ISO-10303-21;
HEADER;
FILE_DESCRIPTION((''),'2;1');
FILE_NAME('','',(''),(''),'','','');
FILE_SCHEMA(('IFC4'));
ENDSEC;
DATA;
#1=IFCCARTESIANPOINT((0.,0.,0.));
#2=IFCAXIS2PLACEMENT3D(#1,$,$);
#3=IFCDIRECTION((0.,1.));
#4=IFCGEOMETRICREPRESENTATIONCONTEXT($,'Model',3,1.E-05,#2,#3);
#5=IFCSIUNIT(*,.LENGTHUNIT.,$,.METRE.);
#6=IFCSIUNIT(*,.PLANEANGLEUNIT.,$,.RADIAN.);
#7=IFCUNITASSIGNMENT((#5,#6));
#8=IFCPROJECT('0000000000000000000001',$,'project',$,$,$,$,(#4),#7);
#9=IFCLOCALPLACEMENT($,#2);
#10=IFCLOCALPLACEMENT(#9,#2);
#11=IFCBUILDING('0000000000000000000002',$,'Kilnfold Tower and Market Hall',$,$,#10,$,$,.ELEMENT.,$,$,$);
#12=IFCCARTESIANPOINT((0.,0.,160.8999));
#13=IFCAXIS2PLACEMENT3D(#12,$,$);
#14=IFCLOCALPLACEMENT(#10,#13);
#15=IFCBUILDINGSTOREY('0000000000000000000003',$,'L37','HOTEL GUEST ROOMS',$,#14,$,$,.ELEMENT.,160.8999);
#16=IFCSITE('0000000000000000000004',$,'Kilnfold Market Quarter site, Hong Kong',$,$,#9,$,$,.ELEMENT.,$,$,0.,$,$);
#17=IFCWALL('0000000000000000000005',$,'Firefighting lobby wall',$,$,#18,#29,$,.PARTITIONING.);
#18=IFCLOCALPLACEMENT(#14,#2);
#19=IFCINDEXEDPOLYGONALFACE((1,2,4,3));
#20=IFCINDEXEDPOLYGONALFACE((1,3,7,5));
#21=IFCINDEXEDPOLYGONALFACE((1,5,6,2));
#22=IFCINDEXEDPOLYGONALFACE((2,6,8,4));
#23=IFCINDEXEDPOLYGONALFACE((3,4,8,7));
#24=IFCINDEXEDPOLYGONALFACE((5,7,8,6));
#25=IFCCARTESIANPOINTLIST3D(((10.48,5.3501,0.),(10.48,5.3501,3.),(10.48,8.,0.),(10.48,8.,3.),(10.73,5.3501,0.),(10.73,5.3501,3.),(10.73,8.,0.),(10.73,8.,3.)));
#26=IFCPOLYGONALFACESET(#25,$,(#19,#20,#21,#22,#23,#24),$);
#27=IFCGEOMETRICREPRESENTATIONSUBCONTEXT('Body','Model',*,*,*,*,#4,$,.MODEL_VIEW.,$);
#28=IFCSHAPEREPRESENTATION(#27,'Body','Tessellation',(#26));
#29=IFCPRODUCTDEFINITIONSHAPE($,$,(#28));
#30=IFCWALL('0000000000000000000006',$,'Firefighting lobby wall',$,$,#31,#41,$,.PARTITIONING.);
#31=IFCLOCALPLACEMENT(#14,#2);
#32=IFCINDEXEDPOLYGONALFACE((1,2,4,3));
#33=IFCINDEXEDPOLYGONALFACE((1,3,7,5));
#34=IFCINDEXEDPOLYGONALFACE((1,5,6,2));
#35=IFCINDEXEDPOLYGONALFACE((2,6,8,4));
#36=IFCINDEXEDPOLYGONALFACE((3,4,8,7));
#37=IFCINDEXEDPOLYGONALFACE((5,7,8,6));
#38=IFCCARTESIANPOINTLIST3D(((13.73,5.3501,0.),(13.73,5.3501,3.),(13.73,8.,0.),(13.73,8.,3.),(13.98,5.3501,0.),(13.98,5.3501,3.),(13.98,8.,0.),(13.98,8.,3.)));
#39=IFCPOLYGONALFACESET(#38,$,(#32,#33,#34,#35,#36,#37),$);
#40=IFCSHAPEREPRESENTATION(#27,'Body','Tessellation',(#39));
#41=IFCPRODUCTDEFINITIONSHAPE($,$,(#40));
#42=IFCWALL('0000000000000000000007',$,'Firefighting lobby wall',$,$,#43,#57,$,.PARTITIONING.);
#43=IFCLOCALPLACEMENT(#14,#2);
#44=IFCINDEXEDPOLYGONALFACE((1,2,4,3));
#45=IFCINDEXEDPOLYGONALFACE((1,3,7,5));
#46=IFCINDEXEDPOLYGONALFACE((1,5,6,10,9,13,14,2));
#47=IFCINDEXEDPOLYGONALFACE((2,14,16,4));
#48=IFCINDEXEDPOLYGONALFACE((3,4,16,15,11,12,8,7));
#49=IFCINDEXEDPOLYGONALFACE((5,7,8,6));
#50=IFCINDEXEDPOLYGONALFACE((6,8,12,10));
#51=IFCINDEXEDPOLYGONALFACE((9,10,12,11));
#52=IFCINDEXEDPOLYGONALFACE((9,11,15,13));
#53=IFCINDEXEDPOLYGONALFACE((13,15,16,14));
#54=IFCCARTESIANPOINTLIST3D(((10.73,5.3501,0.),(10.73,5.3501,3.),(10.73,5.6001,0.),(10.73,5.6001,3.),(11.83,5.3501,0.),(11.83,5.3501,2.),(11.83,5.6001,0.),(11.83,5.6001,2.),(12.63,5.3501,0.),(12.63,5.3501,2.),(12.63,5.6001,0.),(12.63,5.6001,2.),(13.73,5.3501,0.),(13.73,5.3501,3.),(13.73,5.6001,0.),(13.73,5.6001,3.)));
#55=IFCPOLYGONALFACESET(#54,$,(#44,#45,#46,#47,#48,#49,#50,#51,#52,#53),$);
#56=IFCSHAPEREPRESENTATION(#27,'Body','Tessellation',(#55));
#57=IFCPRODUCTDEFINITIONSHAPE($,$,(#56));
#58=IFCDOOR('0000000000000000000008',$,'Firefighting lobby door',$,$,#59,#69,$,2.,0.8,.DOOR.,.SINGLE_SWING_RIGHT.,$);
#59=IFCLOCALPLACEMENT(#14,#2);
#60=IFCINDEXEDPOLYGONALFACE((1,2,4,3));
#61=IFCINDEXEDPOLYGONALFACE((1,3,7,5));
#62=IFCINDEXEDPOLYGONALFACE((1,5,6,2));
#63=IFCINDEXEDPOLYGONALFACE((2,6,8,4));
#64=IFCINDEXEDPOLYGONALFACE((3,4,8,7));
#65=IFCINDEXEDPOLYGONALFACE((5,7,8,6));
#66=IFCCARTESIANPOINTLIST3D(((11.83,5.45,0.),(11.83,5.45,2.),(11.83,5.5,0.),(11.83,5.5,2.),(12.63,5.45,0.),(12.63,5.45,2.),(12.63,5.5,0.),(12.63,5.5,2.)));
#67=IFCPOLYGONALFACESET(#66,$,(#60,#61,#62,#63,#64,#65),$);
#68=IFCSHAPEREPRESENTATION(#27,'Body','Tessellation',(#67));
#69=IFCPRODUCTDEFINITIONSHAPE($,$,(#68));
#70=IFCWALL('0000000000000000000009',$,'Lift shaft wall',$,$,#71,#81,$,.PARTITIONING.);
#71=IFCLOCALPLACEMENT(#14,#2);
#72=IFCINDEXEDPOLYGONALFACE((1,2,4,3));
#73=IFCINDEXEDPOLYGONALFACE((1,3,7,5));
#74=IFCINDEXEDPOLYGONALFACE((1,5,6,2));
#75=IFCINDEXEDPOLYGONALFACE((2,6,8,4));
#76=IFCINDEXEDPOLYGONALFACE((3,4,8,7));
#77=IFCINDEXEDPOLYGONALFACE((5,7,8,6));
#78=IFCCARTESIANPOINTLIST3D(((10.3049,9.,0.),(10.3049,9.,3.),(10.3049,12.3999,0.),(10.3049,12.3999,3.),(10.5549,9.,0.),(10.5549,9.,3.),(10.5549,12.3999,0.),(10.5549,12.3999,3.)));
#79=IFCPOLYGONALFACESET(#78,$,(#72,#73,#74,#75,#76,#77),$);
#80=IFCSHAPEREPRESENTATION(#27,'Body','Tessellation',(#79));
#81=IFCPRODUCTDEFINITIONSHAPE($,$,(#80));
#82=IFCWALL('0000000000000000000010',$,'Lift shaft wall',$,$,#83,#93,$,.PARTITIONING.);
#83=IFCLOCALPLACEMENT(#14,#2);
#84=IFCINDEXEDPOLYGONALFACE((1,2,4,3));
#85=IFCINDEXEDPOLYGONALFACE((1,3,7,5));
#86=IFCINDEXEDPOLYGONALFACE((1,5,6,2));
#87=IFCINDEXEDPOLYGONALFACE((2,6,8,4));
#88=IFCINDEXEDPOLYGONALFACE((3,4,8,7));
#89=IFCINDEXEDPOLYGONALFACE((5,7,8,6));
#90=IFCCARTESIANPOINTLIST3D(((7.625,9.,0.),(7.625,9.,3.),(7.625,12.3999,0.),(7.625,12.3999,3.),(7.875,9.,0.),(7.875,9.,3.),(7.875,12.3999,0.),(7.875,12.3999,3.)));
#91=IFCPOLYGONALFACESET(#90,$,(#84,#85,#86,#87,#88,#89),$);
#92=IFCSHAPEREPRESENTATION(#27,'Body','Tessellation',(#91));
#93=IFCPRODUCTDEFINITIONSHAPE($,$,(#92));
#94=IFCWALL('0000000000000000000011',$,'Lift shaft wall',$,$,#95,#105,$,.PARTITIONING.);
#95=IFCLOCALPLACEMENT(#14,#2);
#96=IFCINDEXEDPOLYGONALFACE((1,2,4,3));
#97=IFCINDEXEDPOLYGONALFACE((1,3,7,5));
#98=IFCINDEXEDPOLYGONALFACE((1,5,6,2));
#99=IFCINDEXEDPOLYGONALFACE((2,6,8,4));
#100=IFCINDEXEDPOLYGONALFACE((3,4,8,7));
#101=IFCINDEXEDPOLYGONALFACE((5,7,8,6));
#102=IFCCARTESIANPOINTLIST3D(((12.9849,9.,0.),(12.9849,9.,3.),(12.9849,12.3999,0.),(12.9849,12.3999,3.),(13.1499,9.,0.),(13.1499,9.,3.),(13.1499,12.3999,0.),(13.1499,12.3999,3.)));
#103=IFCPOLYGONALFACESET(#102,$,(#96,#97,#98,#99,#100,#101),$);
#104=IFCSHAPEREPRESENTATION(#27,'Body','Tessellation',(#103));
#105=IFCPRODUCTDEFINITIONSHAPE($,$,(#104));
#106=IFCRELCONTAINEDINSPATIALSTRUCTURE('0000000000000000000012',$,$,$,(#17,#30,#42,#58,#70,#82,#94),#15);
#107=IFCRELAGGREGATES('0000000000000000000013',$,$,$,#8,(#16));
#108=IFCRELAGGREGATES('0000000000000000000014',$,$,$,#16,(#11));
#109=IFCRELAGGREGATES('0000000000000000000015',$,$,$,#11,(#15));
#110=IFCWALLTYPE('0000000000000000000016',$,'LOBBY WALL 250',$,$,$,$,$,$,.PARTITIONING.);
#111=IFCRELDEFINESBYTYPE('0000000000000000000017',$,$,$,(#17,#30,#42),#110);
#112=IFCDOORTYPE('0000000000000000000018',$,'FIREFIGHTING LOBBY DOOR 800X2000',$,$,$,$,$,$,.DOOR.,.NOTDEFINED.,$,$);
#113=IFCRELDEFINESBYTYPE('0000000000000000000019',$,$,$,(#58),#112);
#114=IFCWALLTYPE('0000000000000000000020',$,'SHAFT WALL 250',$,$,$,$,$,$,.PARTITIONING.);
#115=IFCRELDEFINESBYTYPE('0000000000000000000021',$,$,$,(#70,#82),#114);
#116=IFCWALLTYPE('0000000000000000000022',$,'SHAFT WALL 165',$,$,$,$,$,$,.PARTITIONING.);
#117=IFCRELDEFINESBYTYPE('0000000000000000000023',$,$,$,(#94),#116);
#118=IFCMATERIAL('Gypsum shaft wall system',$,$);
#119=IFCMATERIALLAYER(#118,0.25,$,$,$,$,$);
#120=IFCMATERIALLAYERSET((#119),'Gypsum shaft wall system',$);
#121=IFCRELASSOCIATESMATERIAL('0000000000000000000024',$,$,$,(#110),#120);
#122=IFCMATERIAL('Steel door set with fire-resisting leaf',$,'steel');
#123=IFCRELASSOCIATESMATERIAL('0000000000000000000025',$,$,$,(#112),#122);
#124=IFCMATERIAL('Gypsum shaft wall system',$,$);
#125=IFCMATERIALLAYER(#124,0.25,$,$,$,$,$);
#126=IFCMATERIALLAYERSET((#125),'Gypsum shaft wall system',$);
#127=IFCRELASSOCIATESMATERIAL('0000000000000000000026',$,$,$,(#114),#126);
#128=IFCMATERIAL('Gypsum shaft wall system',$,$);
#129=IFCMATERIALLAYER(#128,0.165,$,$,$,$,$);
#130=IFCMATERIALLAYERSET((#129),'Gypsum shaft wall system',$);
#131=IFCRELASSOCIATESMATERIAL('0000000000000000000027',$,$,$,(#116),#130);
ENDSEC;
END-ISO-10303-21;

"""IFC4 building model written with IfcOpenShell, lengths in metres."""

from ifc_helpers import new_model, si_unit, direction, frame, frame_2d, origin, place, context, subcontext, project, spatial, rectangle, extrude, source, transform, mapped, material, layer, layer_set, type_object, element, fill, save


model = new_model("IFC4")

# Units and contexts
model_context = context("Model", 3, precision=1e-05, world=origin(), true_north=direction((0.0, 1.0)))
body_context = subcontext(model_context, "Body", "Model", "MODEL_VIEW")
ifc_project = project(units=[si_unit("LENGTHUNIT", "METRE"), si_unit("PLANEANGLEUNIT", "RADIAN")], contexts=[model_context])

# Site, building, storey
site_placement = place(None, origin())
site = spatial("IfcSite", under=ifc_project, at=site_placement, Name="Kilnfold Market Quarter site, Hong Kong", CompositionType="ELEMENT", RefElevation=0.0)
building_placement = place(site_placement, origin())
building = spatial("IfcBuilding", under=site, at=building_placement, Name="Kilnfold Tower and Market Hall", CompositionType="ELEMENT")
storey_placement = place(building_placement, frame((0.0, 0.0, 160.8999)))
storey = spatial("IfcBuildingStorey", under=building, at=storey_placement, Name="L37", Description="HOTEL GUEST ROOMS", CompositionType="ELEMENT", Elevation=160.8999)

# Walls
ifc_material_1 = material(Name="Gypsum shaft wall system")
ifc_layer_1 = layer(ifc_material_1, 0.25)
ifc_layer_set_1 = layer_set([ifc_layer_1], Name="Gypsum shaft wall system")
wall_type_1 = type_object("IfcWallType", Name="LOBBY WALL 250", PredefinedType="PARTITIONING", material=ifc_layer_set_1)
shared_shape_1 = source(origin(), body_context, "Body", "SweptSolid", [
    extrude(rectangle(XDim=2.6499, YDim=0.25, at=frame_2d((1.325, 0.0))), origin(), (0.0, 0.0, 1.0), 3.0),
])
for number, where, z_axis, x_axis, name in (
    (1, (10.605, 5.3501, 0.0), (0.0, 0.0, 1.0), (0.0, 1.0, 0.0), "Firefighting lobby wall"),
    (2, (13.855, 5.3501, 0.0), (0.0, 0.0, 1.0), (0.0, 1.0, 0.0), "Firefighting lobby wall"),
):
    element("IfcWall", number, at=place(storey_placement, frame(where, z_axis=z_axis, x_axis=x_axis)), inside=storey, type_object=wall_type_1, Name=name, PredefinedType="PARTITIONING", context=body_context, shape_type="MappedRepresentation", body=[
        mapped(shared_shape_1, transform((0.0, 0.0, 0.0))),
    ])

# Wall, opening, door
shared_shape_2 = source(origin(), body_context, "Body", "SweptSolid", [
    extrude(rectangle(XDim=3.0, YDim=0.25, at=frame_2d((1.5, 0.0))), origin(), (0.0, 0.0, 1.0), 3.0),
])
wall_1_placement = place(storey_placement, frame((10.73, 5.4751, 0.0), z_axis=(0.0, 0.0, 1.0), x_axis=(1.0, 0.0, 0.0)))
wall_1 = element("IfcWall", 3, at=wall_1_placement, inside=storey, type_object=wall_type_1, Name="Firefighting lobby wall", PredefinedType="PARTITIONING", context=body_context, shape_type="MappedRepresentation", body=[
    mapped(shared_shape_2, transform((0.0, 0.0, 0.0))),
])
opening_1_placement = place(wall_1_placement, frame((1.1001, 0.0, 0.0)))
opening_1 = element("IfcOpeningElement", 4, at=opening_1_placement, cuts=wall_1, PredefinedType="OPENING", context=body_context, shape_type="SweptSolid", body=[
    extrude(rectangle(XDim=0.8, YDim=2.0, at=frame_2d((0.3999, 1.0))), frame((0.0, 0.135, 0.0), z_axis=(0.0, -1.0, 0.0), x_axis=(1.0, 0.0, 0.0)), (0.0, 0.0, 1.0), 0.27),
])
ifc_material_2 = material(Name="Steel door set with fire-resisting leaf", Category="steel")
door_type_1 = type_object("IfcDoorType", Name="FIREFIGHTING LOBBY DOOR 800X2000", OperationType="NOTDEFINED", PredefinedType="DOOR", material=ifc_material_2)
door_1_placement = place(opening_1_placement, origin())
door_1 = element("IfcDoor", 5, at=door_1_placement, inside=storey, type_object=door_type_1, Name="Firefighting lobby door", OperationType="SINGLE_SWING_RIGHT", OverallHeight=2.0, OverallWidth=0.8, PredefinedType="DOOR", context=body_context, shape_type="SweptSolid", body=[
    extrude(rectangle(XDim=0.8, YDim=2.0, at=frame_2d((0.3999, 1.0))), frame((0.0, 0.0249, 0.0), z_axis=(0.0, -1.0, 0.0), x_axis=(1.0, 0.0, 0.0)), (0.0, 0.0, 1.0), 0.05),
])
fill(opening_1, door_1)

# Walls
ifc_material_3 = material(Name="Gypsum shaft wall system")
ifc_layer_2 = layer(ifc_material_3, 0.25)
ifc_layer_set_2 = layer_set([ifc_layer_2], Name="Gypsum shaft wall system")
wall_type_2 = type_object("IfcWallType", Name="SHAFT WALL 250", PredefinedType="PARTITIONING", material=ifc_layer_set_2)
shared_shape_3 = source(origin(), body_context, "Body", "SweptSolid", [
    extrude(rectangle(XDim=3.3999, YDim=0.25, at=frame_2d((1.7, 0.0))), origin(), (0.0, 0.0, 1.0), 3.0),
])
for number, where, z_axis, x_axis, name in (
    (6, (10.4299, 9.0, 0.0), (0.0, 0.0, 1.0), (0.0, 1.0, 0.0), "Lift shaft wall"),
    (7, (7.75, 9.0, 0.0), (0.0, 0.0, 1.0), (0.0, 1.0, 0.0), "Lift shaft wall"),
):
    element("IfcWall", number, at=place(storey_placement, frame(where, z_axis=z_axis, x_axis=x_axis)), inside=storey, type_object=wall_type_2, Name=name, PredefinedType="PARTITIONING", context=body_context, shape_type="MappedRepresentation", body=[
        mapped(shared_shape_3, transform((0.0, 0.0, 0.0))),
    ])
ifc_material_4 = material(Name="Gypsum shaft wall system")
ifc_layer_3 = layer(ifc_material_4, 0.165)
ifc_layer_set_3 = layer_set([ifc_layer_3], Name="Gypsum shaft wall system")
wall_type_3 = type_object("IfcWallType", Name="SHAFT WALL 165", PredefinedType="PARTITIONING", material=ifc_layer_set_3)
shared_shape_4 = source(origin(), body_context, "Body", "SweptSolid", [
    extrude(rectangle(XDim=3.3999, YDim=0.165, at=frame_2d((1.7, 0.0))), origin(), (0.0, 0.0, 1.0), 3.0),
])
wall_2_placement = place(storey_placement, frame((13.0674, 9.0, 0.0), z_axis=(0.0, 0.0, 1.0), x_axis=(0.0, 1.0, 0.0)))
element("IfcWall", 8, at=wall_2_placement, inside=storey, type_object=wall_type_3, Name="Lift shaft wall", PredefinedType="PARTITIONING", context=body_context, shape_type="MappedRepresentation", body=[
    mapped(shared_shape_4, transform((0.0, 0.0, 0.0))),
])

save(model, "model.ifc")
